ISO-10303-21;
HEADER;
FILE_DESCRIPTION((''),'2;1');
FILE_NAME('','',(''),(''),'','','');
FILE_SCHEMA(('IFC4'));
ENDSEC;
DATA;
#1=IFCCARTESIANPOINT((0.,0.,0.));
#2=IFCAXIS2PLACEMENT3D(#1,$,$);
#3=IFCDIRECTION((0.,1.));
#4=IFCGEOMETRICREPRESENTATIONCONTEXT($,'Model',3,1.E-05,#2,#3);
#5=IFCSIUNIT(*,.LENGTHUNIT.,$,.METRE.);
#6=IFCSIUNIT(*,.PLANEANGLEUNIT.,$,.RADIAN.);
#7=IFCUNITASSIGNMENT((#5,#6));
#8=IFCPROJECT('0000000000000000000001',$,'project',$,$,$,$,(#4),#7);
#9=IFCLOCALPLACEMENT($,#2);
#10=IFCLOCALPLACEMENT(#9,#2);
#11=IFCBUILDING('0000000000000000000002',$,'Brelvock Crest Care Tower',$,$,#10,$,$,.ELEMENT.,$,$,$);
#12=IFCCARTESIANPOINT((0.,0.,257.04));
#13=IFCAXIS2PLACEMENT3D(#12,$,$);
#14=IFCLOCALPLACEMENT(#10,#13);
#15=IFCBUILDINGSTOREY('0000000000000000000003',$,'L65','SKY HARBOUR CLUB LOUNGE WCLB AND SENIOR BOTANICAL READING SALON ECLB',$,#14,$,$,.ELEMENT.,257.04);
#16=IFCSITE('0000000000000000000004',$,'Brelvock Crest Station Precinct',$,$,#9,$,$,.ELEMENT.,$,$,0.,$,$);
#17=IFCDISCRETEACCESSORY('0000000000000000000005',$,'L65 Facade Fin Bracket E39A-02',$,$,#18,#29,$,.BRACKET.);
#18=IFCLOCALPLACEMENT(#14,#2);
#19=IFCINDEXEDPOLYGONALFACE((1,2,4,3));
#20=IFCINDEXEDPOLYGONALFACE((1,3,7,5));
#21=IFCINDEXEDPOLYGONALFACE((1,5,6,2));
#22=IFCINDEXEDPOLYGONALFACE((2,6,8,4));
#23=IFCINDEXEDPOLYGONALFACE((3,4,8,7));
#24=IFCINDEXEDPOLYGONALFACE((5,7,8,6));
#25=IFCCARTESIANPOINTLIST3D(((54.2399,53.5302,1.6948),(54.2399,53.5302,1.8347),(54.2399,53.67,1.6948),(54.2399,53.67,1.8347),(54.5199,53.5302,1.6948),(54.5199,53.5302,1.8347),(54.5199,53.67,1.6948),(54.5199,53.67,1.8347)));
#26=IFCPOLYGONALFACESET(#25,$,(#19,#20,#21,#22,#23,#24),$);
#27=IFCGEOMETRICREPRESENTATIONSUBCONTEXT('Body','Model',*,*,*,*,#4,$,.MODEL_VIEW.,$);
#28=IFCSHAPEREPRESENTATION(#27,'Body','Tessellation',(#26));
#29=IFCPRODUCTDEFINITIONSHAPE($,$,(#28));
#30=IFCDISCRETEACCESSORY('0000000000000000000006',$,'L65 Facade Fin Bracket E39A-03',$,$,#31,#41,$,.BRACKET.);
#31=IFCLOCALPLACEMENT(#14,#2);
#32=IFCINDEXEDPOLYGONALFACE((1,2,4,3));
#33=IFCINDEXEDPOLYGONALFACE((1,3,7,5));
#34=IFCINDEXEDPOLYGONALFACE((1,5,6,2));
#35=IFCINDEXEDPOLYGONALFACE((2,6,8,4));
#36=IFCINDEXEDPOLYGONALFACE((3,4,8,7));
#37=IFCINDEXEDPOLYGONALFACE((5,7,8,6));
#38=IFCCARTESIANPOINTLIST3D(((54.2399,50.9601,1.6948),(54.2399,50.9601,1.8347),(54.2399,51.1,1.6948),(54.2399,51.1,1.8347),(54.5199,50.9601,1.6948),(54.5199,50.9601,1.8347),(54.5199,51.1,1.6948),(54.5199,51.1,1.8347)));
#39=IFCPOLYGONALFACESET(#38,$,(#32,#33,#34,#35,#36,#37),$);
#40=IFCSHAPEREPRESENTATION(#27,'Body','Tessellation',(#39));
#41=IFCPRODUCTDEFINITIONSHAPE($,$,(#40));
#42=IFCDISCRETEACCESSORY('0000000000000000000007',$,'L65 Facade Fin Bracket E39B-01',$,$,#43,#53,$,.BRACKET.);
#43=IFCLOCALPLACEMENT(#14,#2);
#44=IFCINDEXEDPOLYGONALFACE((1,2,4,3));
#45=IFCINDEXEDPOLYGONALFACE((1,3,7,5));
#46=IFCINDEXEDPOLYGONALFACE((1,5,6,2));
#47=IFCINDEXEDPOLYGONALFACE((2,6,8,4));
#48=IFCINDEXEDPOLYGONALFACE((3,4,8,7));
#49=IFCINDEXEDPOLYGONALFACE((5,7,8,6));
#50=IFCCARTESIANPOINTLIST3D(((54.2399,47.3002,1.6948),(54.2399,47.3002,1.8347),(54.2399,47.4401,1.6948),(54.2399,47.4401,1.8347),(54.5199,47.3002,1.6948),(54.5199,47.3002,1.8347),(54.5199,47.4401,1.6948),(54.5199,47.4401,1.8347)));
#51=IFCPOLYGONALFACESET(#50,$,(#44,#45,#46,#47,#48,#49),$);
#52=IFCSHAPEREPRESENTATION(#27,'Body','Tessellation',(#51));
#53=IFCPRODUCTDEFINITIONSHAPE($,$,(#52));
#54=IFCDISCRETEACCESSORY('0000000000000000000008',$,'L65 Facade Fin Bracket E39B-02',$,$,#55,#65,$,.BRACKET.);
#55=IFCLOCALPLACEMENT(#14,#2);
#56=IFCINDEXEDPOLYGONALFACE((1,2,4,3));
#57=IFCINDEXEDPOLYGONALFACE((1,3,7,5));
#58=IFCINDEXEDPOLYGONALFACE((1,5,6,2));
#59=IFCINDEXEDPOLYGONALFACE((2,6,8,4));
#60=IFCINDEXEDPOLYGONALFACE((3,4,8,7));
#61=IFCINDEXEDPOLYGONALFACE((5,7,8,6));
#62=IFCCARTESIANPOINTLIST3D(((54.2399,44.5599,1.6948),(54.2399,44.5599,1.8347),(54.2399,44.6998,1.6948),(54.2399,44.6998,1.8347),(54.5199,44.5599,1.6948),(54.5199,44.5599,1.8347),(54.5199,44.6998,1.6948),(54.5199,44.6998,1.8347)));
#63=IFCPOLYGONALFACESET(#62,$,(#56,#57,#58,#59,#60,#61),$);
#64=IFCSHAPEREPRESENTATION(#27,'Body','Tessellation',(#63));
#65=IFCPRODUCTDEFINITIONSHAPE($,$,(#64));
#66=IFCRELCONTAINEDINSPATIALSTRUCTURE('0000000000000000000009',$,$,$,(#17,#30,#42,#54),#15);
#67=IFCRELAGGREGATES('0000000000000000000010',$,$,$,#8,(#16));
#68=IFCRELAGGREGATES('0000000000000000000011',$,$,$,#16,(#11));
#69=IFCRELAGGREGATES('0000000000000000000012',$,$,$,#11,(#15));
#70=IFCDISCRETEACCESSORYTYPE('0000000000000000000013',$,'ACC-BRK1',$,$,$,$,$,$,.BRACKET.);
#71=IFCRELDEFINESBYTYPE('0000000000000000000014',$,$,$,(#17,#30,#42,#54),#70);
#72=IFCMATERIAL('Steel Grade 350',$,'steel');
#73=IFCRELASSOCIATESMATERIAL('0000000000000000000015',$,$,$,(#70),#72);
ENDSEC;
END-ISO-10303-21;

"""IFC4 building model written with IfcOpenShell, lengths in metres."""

from ifc_helpers import new_model, si_unit, direction, frame, origin, origin_2d, place, context, subcontext, project, spatial, rectangle, extrude, source, transform, mapped, material, type_object, element, save


model = new_model("IFC4")

# Units and contexts
model_context = context("Model", 3, precision=1e-05, world=origin(), true_north=direction((0.0, 1.0)))
body_context = subcontext(model_context, "Body", "Model", "MODEL_VIEW")
ifc_project = project(units=[si_unit("LENGTHUNIT", "METRE"), si_unit("PLANEANGLEUNIT", "RADIAN")], contexts=[model_context])

# Site, building, storey
site_placement = place(None, origin())
site = spatial("IfcSite", under=ifc_project, at=site_placement, Name="Brelvock Crest Station Precinct", CompositionType="ELEMENT", RefElevation=0.0)
building_placement = place(site_placement, origin())
building = spatial("IfcBuilding", under=site, at=building_placement, Name="Brelvock Crest Care Tower", CompositionType="ELEMENT")
storey_placement = place(building_placement, frame((0.0, 0.0, 257.04)))
storey = spatial("IfcBuildingStorey", under=building, at=storey_placement, Name="L65", Description="SKY HARBOUR CLUB LOUNGE WCLB AND SENIOR BOTANICAL READING SALON ECLB", CompositionType="ELEMENT", Elevation=257.04)

# Shared definitions
ifc_material_1 = material(Name="Steel Grade 350", Category="steel")

# Discrete accessories
discrete_accessory_type = type_object("IfcDiscreteAccessoryType", Name="ACC-BRK1", PredefinedType="BRACKET", material=ifc_material_1)
shared_shape_1 = source(origin(), body_context, "Body", "SweptSolid", [
    extrude(rectangle(XDim=0.28, YDim=0.1399, at=origin_2d()), origin(), (0.0, 0.0, 1.0), 0.1399),
])
for number, where, z_axis, x_axis, name in (
    (1, (54.3799, 53.6001, 1.6948), (0.0, 0.0, 1.0), (1.0, 0.0, 0.0), "L65 Facade Fin Bracket E39A-02"),
    (2, (54.3799, 51.03, 1.6948), (0.0, 0.0, 1.0), (1.0, 0.0, 0.0), "L65 Facade Fin Bracket E39A-03"),
    (3, (54.3799, 47.3701, 1.6948), (0.0, 0.0, 1.0), (1.0, 0.0, 0.0), "L65 Facade Fin Bracket E39B-01"),
    (4, (54.3799, 44.6299, 1.6948), (0.0, 0.0, 1.0), (1.0, 0.0, 0.0), "L65 Facade Fin Bracket E39B-02"),
):
    element("IfcDiscreteAccessory", number, at=place(storey_placement, frame(where, z_axis=z_axis, x_axis=x_axis)), inside=storey, type_object=discrete_accessory_type, Name=name, PredefinedType="BRACKET", context=body_context, shape_type="MappedRepresentation", body=[
        mapped(shared_shape_1, transform((0.0, 0.0, 0.0), x_axis=(1.0, 0.0, 0.0), y_axis=(0.0, 1.0, 0.0), z_axis=(0.0, 0.0, 1.0), scale=1.0)),
    ])

save(model, "model.ifc")
